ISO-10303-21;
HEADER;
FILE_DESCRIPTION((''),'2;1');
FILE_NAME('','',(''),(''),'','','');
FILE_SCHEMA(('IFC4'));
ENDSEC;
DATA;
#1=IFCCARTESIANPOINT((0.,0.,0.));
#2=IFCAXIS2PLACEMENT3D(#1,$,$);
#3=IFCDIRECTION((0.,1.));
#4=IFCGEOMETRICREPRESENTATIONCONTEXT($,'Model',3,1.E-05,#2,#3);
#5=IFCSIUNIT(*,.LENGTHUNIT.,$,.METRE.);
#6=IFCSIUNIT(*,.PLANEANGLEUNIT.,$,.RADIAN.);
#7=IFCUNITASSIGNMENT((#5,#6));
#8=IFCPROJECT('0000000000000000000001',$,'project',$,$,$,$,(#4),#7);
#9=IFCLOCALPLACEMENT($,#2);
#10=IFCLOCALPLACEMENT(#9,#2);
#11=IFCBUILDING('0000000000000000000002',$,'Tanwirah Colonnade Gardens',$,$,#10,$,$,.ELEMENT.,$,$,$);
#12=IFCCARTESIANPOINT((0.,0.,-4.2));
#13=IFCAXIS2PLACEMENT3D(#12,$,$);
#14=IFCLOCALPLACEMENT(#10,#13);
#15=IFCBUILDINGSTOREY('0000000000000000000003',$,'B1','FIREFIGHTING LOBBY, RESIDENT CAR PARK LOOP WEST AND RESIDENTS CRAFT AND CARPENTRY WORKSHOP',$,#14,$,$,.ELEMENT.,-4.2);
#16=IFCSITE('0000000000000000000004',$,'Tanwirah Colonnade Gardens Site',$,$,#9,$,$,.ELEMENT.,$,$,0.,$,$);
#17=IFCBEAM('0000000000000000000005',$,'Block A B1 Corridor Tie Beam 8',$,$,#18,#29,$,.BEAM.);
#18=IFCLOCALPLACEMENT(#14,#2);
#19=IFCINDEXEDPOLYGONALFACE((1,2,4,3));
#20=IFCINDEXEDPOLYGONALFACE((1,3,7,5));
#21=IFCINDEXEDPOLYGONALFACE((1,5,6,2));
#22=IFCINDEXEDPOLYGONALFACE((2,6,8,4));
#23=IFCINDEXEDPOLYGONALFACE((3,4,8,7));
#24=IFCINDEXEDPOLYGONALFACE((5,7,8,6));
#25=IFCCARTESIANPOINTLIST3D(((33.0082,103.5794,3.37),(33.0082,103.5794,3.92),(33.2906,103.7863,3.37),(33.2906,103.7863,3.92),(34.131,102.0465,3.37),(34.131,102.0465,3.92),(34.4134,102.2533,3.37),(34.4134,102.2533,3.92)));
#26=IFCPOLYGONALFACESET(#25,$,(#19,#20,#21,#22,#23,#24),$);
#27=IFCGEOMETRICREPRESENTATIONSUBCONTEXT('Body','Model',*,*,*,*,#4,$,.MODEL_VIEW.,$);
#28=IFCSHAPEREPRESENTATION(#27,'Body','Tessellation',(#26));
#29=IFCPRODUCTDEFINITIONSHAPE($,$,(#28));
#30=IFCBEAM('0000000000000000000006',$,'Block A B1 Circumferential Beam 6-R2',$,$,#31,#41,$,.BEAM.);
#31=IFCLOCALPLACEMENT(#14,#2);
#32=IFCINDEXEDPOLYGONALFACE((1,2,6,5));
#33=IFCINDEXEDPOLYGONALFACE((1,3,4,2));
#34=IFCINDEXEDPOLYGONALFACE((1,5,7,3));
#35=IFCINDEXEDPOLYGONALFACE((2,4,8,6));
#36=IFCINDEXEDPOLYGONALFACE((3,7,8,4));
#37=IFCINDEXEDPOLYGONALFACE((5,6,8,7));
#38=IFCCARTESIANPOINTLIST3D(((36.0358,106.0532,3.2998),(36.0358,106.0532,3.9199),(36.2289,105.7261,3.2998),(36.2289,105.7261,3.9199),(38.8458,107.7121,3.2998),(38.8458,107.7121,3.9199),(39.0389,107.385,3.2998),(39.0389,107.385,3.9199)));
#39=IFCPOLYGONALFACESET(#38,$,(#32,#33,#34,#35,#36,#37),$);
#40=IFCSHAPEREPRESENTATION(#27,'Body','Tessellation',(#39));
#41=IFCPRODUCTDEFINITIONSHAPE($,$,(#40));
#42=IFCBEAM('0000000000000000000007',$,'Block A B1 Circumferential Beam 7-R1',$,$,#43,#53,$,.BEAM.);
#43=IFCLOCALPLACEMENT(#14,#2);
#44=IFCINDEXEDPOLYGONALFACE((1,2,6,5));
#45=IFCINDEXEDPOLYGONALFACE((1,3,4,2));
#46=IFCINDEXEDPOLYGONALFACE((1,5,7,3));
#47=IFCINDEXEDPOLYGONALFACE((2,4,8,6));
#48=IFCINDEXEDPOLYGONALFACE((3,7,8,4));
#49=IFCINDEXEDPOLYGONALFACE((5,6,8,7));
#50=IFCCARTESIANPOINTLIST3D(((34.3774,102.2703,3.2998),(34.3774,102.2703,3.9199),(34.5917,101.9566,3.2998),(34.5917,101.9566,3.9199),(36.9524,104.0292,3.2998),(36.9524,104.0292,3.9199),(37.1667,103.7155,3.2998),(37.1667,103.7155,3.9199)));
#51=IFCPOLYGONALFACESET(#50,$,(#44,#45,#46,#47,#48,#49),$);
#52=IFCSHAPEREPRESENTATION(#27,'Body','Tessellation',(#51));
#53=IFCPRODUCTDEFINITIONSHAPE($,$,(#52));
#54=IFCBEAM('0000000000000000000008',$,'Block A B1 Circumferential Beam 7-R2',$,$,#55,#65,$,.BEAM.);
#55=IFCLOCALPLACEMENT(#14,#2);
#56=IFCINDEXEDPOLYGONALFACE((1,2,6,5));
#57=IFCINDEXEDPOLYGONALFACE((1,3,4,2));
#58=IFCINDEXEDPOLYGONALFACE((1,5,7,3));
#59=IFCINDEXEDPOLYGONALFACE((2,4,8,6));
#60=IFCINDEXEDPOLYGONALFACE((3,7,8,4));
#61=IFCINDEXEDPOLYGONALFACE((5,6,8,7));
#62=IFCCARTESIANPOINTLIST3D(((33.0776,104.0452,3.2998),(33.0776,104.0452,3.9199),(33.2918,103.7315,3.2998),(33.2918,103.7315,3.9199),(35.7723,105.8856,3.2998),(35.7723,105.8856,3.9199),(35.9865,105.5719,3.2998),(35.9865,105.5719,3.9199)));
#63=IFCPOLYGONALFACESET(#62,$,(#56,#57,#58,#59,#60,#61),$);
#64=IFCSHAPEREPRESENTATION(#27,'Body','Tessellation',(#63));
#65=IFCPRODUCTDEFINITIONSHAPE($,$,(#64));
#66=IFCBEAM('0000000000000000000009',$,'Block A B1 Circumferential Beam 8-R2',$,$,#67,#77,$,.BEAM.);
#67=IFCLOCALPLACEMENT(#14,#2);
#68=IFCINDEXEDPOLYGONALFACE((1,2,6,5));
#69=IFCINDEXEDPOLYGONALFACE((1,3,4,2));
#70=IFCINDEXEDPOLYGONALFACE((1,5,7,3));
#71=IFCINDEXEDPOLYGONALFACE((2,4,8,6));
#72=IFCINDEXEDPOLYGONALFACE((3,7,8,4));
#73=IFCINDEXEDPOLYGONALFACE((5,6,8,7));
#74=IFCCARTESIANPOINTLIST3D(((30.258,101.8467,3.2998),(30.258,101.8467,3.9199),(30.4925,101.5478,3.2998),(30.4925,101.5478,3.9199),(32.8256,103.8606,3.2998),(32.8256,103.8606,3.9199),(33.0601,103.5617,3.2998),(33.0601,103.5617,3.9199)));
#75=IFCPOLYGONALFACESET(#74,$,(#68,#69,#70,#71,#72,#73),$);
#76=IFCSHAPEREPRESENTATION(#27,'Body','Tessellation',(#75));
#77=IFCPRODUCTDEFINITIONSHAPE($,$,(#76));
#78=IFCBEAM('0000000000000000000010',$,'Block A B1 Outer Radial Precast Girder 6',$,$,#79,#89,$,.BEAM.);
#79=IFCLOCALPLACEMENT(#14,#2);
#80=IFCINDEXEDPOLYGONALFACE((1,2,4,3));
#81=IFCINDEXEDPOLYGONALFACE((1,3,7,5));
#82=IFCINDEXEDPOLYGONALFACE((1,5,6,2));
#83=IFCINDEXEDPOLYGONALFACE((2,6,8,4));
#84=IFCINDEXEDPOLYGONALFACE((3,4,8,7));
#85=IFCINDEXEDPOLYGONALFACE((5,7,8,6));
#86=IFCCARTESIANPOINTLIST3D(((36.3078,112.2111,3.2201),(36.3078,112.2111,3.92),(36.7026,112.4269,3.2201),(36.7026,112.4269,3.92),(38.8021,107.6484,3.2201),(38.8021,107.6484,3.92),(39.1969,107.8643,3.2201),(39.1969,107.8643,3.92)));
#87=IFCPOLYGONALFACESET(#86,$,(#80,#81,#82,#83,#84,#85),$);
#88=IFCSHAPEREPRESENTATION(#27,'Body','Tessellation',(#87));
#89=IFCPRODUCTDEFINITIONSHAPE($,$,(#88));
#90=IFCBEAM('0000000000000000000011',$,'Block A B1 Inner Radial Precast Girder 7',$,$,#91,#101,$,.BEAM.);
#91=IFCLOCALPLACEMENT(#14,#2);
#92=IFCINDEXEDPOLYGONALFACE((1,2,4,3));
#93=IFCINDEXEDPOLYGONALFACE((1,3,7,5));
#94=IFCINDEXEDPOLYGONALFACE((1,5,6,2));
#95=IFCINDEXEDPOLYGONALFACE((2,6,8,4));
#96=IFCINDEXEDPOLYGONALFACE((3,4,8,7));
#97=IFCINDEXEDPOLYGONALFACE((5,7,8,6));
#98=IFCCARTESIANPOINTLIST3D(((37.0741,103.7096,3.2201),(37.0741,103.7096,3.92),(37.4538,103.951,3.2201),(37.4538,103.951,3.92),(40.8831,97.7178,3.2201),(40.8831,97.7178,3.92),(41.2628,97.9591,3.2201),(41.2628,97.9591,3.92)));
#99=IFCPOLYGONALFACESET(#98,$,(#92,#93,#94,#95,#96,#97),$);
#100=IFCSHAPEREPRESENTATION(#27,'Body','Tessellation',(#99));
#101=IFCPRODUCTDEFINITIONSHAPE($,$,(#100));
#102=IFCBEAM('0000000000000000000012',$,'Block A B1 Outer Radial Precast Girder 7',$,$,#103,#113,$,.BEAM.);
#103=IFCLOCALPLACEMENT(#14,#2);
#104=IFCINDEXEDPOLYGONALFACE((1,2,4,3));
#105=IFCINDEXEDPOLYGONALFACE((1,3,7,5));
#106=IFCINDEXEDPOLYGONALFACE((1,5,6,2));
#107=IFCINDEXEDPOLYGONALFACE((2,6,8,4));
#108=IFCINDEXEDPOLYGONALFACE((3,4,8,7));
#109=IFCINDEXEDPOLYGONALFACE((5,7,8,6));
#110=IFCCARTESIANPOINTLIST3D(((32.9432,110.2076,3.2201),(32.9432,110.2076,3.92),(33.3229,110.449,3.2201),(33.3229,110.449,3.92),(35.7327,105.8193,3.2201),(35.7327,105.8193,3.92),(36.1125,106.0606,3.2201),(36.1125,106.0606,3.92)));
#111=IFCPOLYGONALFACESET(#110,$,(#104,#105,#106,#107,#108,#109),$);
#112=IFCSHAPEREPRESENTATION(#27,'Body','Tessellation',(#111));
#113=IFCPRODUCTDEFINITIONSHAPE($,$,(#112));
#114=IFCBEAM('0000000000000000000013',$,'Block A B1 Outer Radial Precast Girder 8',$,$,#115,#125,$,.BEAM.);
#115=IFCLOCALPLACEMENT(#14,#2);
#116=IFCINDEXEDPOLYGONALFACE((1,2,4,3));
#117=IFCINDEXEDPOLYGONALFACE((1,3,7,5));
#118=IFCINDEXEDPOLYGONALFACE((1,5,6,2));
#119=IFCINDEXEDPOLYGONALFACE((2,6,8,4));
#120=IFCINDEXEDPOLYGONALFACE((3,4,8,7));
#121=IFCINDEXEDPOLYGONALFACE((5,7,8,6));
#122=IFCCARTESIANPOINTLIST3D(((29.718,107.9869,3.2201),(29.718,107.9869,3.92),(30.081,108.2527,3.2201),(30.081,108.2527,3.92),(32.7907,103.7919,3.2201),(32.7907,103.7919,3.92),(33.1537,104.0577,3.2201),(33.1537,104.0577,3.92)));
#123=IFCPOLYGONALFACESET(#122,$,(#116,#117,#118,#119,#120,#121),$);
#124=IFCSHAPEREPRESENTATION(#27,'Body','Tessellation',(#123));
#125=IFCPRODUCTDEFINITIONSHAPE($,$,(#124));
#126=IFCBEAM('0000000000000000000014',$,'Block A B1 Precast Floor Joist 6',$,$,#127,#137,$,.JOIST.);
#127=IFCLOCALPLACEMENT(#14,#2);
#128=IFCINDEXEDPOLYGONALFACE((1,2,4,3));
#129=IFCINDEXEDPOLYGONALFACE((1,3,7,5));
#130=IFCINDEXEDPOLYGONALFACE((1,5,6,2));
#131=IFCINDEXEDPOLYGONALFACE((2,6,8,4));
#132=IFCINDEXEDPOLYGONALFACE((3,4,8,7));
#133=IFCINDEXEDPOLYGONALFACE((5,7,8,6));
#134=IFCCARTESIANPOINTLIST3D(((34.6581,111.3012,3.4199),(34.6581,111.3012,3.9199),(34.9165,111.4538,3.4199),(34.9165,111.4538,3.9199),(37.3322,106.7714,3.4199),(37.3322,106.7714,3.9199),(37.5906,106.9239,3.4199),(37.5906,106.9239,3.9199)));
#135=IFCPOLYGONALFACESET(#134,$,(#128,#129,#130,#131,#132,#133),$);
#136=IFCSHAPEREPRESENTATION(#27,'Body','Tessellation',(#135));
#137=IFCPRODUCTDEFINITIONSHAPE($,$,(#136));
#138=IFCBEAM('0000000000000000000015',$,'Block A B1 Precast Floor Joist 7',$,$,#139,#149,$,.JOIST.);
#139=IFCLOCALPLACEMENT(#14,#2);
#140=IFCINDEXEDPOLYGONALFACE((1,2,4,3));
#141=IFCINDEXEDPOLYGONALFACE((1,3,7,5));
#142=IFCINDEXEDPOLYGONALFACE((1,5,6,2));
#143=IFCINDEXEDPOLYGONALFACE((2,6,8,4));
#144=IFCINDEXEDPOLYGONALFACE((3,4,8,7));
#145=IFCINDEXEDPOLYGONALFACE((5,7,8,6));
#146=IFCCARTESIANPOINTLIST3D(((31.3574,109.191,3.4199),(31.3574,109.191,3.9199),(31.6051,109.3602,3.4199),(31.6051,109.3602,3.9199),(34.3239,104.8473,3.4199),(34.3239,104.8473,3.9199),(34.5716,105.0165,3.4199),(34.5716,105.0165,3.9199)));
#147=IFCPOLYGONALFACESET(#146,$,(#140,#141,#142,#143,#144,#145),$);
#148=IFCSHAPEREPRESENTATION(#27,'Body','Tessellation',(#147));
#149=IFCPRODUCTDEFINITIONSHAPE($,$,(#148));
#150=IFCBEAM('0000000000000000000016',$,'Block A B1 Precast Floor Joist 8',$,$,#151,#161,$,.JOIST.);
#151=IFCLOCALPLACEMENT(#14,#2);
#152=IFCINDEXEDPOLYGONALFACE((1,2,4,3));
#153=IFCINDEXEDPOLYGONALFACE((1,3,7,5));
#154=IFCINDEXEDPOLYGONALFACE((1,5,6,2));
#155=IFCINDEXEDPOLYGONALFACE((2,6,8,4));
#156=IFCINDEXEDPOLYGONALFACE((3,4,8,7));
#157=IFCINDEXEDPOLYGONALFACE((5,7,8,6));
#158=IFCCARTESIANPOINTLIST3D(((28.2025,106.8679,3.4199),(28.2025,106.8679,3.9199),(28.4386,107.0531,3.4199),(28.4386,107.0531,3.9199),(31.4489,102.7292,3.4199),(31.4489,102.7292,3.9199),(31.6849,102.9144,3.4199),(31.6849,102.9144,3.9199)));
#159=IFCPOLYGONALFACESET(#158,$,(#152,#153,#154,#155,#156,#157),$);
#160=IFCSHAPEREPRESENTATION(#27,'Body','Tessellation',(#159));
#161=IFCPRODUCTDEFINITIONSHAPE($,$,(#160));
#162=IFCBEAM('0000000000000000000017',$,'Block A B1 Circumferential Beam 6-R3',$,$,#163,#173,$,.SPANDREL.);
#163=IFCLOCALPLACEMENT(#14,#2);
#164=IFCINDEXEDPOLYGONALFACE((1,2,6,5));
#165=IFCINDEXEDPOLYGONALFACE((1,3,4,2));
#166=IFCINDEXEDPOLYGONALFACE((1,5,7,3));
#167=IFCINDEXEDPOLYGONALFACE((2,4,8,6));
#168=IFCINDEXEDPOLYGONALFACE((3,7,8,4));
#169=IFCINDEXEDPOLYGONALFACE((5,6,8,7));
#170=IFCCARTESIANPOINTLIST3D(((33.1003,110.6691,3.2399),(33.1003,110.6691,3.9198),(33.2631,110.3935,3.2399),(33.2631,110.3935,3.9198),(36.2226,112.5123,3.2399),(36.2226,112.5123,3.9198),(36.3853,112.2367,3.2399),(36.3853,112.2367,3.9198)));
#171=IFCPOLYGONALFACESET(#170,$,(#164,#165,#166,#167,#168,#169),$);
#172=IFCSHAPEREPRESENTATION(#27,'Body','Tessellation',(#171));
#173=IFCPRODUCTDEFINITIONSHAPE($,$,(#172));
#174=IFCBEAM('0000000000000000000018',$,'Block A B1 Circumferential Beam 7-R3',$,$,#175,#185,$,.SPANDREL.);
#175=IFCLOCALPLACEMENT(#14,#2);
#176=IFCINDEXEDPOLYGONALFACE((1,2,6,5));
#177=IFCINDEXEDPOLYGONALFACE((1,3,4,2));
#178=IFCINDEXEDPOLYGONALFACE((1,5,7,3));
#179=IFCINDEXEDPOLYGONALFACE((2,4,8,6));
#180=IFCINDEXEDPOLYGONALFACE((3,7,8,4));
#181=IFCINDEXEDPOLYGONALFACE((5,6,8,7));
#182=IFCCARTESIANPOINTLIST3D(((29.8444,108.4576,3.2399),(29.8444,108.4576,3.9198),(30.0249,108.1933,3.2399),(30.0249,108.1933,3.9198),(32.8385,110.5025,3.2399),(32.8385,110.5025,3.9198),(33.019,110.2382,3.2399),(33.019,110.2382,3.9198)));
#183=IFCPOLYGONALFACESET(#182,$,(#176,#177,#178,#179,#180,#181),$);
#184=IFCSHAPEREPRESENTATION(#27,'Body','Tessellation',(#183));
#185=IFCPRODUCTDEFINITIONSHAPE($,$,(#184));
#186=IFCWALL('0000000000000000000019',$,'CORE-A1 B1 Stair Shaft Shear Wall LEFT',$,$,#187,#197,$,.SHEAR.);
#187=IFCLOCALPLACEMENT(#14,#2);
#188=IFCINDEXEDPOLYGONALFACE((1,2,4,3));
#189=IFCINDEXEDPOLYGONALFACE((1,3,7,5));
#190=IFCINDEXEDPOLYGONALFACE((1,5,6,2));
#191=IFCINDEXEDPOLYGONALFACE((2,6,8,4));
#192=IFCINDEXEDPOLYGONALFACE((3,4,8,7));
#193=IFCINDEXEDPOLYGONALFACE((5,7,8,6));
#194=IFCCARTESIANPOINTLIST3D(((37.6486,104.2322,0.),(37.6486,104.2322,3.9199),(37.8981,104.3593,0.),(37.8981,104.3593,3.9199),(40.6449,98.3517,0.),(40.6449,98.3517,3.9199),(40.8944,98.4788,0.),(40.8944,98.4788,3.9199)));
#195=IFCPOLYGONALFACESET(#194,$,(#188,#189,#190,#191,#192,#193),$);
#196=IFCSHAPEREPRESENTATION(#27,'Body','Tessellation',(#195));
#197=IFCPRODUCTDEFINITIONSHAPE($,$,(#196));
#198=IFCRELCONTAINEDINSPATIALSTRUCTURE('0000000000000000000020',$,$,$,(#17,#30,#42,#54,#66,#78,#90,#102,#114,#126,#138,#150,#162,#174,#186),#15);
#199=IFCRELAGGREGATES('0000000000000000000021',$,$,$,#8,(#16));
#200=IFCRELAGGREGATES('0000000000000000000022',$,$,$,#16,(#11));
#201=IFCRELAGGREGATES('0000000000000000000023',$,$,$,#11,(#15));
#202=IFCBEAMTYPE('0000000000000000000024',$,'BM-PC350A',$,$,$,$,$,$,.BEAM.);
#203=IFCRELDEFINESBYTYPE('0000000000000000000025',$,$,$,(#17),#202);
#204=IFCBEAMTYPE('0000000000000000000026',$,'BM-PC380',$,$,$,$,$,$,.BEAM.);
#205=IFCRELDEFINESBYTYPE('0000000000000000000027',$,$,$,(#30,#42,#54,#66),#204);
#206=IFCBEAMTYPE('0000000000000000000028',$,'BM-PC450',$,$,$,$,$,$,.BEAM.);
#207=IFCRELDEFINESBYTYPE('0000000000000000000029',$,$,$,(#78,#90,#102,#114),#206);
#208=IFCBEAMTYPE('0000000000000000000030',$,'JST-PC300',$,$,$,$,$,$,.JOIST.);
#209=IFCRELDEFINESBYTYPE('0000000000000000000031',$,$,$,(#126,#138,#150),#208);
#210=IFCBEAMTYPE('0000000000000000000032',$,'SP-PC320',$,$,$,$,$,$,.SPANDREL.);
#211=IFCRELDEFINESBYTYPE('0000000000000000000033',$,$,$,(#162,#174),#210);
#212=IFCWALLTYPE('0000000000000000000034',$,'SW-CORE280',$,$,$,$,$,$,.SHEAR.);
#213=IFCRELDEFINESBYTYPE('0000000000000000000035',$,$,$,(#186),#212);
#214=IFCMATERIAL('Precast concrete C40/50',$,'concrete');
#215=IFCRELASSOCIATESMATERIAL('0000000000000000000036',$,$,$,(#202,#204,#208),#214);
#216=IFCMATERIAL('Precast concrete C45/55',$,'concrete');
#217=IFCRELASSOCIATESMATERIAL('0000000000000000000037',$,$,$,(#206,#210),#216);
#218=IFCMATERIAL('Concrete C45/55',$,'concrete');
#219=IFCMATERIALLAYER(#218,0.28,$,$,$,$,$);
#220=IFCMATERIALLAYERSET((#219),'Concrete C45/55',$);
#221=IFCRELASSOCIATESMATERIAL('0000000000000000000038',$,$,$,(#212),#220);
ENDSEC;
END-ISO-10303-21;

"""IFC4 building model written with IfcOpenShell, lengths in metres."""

from ifc_helpers import new_model, si_unit, direction, frame, frame_2d, origin, origin_2d, place, context, subcontext, project, spatial, rectangle, extrude, material, layer, layer_set, material_profile, profile_set, type_object, element, save


model = new_model("IFC4")

# Units and contexts
model_context = context("Model", 3, precision=1e-05, world=origin(), true_north=direction((0.0, 1.0)))
body_context = subcontext(model_context, "Body", "Model", "MODEL_VIEW")
ifc_project = project(units=[si_unit("LENGTHUNIT", "METRE"), si_unit("PLANEANGLEUNIT", "RADIAN")], contexts=[model_context])

# Site, building, storey
site_placement = place(None, origin())
site = spatial("IfcSite", under=ifc_project, at=site_placement, Name="Tanwirah Colonnade Gardens Site", CompositionType="ELEMENT", RefElevation=0.0)
building_placement = place(site_placement, origin())
building = spatial("IfcBuilding", under=site, at=building_placement, Name="Tanwirah Colonnade Gardens", CompositionType="ELEMENT")
storey_placement = place(building_placement, frame((0.0, 0.0, -4.2)))
storey = spatial("IfcBuildingStorey", under=building, at=storey_placement, Name="B1", Description="FIREFIGHTING LOBBY, RESIDENT CAR PARK LOOP WEST AND RESIDENTS CRAFT AND CARPENTRY WORKSHOP", CompositionType="ELEMENT", Elevation=-4.2)

# Shared definitions
ifc_material_1 = material(Name="Concrete C45/55", Category="concrete")

# Beams
ifc_material_2 = material(Name="Precast concrete C40/50", Category="concrete")
ifc_material_profile_1 = material_profile(ifc_material_2, rectangle(XDim=0.3501, YDim=0.55, at=origin_2d()), Name="PC-BM 350x550")
ifc_profile_set_1 = profile_set([ifc_material_profile_1], Name="Precast concrete C40/50")
beam_type_1 = type_object("IfcBeamType", Name="BM-PC350A", PredefinedType="BEAM", material=ifc_profile_set_1)
beam_1_placement = place(storey_placement, frame((34.2722, 102.1499, 3.645), z_axis=(-0.590896, 0.806748, 0.0), x_axis=(-0.806748, -0.590896, 0.0)))
element("IfcBeam", 1, at=beam_1_placement, inside=storey, type_object=beam_type_1, Name="Block A B1 Corridor Tie Beam 8", PredefinedType="BEAM", context=body_context, shape_type="SweptSolid", body=[
    extrude(rectangle(XDim=0.3501, YDim=0.55, at=origin_2d()), origin(), (0.0, 0.0, 1.0), 1.9001),
])
ifc_material_profile_2 = material_profile(ifc_material_2, rectangle(XDim=0.3799, YDim=0.6201, at=origin_2d()), Name="PC-BM 380x620")
ifc_profile_set_2 = profile_set([ifc_material_profile_2], Name="Precast concrete C40/50")
beam_type_2 = type_object("IfcBeamType", Name="BM-PC380", PredefinedType="BEAM", material=ifc_profile_set_2)
beam_2_placement = place(storey_placement, frame((38.9424, 107.5486, 3.6099), z_axis=(-0.861135, -0.508376, 0.0), x_axis=(0.508376, -0.861135, 0.0)))
element("IfcBeam", 2, at=beam_2_placement, inside=storey, type_object=beam_type_2, Name="Block A B1 Circumferential Beam 6-R2", PredefinedType="BEAM", context=body_context, shape_type="SweptSolid", body=[
    extrude(rectangle(XDim=0.3799, YDim=0.6201, at=origin_2d()), origin(), (0.0, 0.0, 1.0), 3.2632),
])
beam_3_placement = place(storey_placement, frame((37.0596, 103.8723, 3.6099), z_axis=(-0.825758, -0.564024, 0.0), x_axis=(0.564024, -0.825758, 0.0)))
element("IfcBeam", 3, at=beam_3_placement, inside=storey, type_object=beam_type_2, Name="Block A B1 Circumferential Beam 7-R1", PredefinedType="BEAM", context=body_context, shape_type="SweptSolid", body=[
    extrude(rectangle(XDim=0.3799, YDim=0.6201, at=origin_2d()), origin(), (0.0, 0.0, 1.0), 3.1184),
])
for number, where, z_axis, x_axis, name in (
    (4, (35.8794, 105.7288, 3.6099), (-0.825782, -0.563989, 0.0), (0.563989, -0.825782, 0.0), "Block A B1 Circumferential Beam 7-R2"),
    (5, (32.9429, 103.7112, 3.6099), (-0.78684, -0.617157, 0.0), (0.617157, -0.78684, 0.0), "Block A B1 Circumferential Beam 8-R2"),
):
    element("IfcBeam", number, at=place(storey_placement, frame(where, z_axis=z_axis, x_axis=x_axis)), inside=storey, type_object=beam_type_2, Name=name, PredefinedType="BEAM", context=body_context, shape_type="SweptSolid", body=[
        extrude(rectangle(XDim=0.3799, YDim=0.6201, at=origin_2d()), origin(), (0.0, 0.0, 1.0), 3.2632),
    ])
ifc_material_3 = material(Name="Precast concrete C45/55", Category="concrete")
ifc_material_profile_3 = material_profile(ifc_material_3, rectangle(XDim=0.45, YDim=0.7, at=origin_2d()), Name="PC-BM 450x700")
ifc_profile_set_3 = profile_set([ifc_material_profile_3], Name="Precast concrete C45/55")
beam_type_3 = type_object("IfcBeamType", Name="BM-PC450", PredefinedType="BEAM", material=ifc_profile_set_3)
beam_4_placement = place(storey_placement, frame((38.9995, 107.7563, 3.5701), z_axis=(-0.479684, 0.877441, 0.0), x_axis=(-0.877441, -0.479684, 0.0)))
element("IfcBeam", 6, at=beam_4_placement, inside=storey, type_object=beam_type_3, Name="Block A B1 Outer Radial Precast Girder 6", PredefinedType="BEAM", context=body_context, shape_type="SweptSolid", body=[
    extrude(rectangle(XDim=0.45, YDim=0.7, at=origin_2d()), origin(), (0.0, 0.0, 1.0), 5.2),
])
beam_5_placement = place(storey_placement, frame((37.2639, 103.8303, 3.5701), z_axis=(0.536477, -0.843915, 0.0), x_axis=(0.843915, 0.536477, 0.0)))
element("IfcBeam", 7, at=beam_5_placement, inside=storey, type_object=beam_type_3, Name="Block A B1 Inner Radial Precast Girder 7", PredefinedType="BEAM", context=body_context, shape_type="SweptSolid", body=[
    extrude(rectangle(XDim=0.45, YDim=0.7, at=origin_2d()), origin(), (0.0, 0.0, 1.0), 7.1001),
])
for number, where, z_axis, x_axis, name in (
    (8, (35.9226, 105.9399, 3.5701), (-0.536453, 0.84393, 0.0), (-0.84393, -0.536453, 0.0), "Block A B1 Outer Radial Precast Girder 7"),
    (9, (32.9722, 103.9248, 3.5701), (-0.59091, 0.806738, 0.0), (-0.806738, -0.59091, 0.0), "Block A B1 Outer Radial Precast Girder 8"),
):
    element("IfcBeam", number, at=place(storey_placement, frame(where, z_axis=z_axis, x_axis=x_axis)), inside=storey, type_object=beam_type_3, Name=name, PredefinedType="BEAM", context=body_context, shape_type="SweptSolid", body=[
        extrude(rectangle(XDim=0.45, YDim=0.7, at=origin_2d()), origin(), (0.0, 0.0, 1.0), 5.2),
    ])
ifc_material_profile_4 = material_profile(ifc_material_2, rectangle(XDim=0.3, YDim=0.5, at=origin_2d()), Name="PC-JST 300x500")
ifc_profile_set_4 = profile_set([ifc_material_profile_4], Name="Precast concrete C40/50")
beam_type_4 = type_object("IfcBeamType", Name="JST-PC300", PredefinedType="JOIST", material=ifc_profile_set_4)
beam_6_placement = place(storey_placement, frame((37.4614, 106.8477, 3.6699), z_axis=(-0.50836, 0.861145, 0.0), x_axis=(-0.861145, -0.50836, 0.0)))
element("IfcBeam", 10, at=beam_6_placement, inside=storey, type_object=beam_type_4, Name="Block A B1 Precast Floor Joist 6", PredefinedType="JOIST", context=body_context, shape_type="SweptSolid", body=[
    extrude(rectangle(XDim=0.3, YDim=0.5, at=origin_2d()), origin(), (0.0, 0.0, 1.0), 5.2603),
])
for number, where, z_axis, x_axis, name in (
    (11, (34.4478, 104.9319, 3.6699), (-0.563973, 0.825793, 0.0), (-0.825793, -0.563973, 0.0), "Block A B1 Precast Floor Joist 7"),
    (12, (31.5669, 102.8218, 3.6699), (-0.617178, 0.786824, 0.0), (-0.786824, -0.617178, 0.0), "Block A B1 Precast Floor Joist 8"),
):
    element("IfcBeam", number, at=place(storey_placement, frame(where, z_axis=z_axis, x_axis=x_axis)), inside=storey, type_object=beam_type_4, Name=name, PredefinedType="JOIST", context=body_context, shape_type="SweptSolid", body=[
        extrude(rectangle(XDim=0.3, YDim=0.5, at=origin_2d()), origin(), (0.0, 0.0, 1.0), 5.26),
    ])
ifc_material_profile_5 = material_profile(ifc_material_3, rectangle(XDim=0.3201, YDim=0.6799, at=origin_2d()), Name="PC-SP 320x680")
ifc_profile_set_5 = profile_set([ifc_material_profile_5], Name="Precast concrete C45/55")
beam_type_5 = type_object("IfcBeamType", Name="SP-PC320", PredefinedType="SPANDREL", material=ifc_profile_set_5)
for number, where, z_axis, x_axis, name in (
    (13, (36.304, 112.3745, 3.5798), (-0.861137, -0.508373, 0.0), (0.508373, -0.861137, 0.0), "Block A B1 Circumferential Beam 6-R3"),
    (14, (32.9287, 110.3704, 3.5798), (-0.825783, -0.563989, 0.0), (0.563989, -0.825783, 0.0), "Block A B1 Circumferential Beam 7-R3"),
):
    element("IfcBeam", number, at=place(storey_placement, frame(where, z_axis=z_axis, x_axis=x_axis)), inside=storey, type_object=beam_type_5, Name=name, PredefinedType="SPANDREL", context=body_context, shape_type="SweptSolid", body=[
        extrude(rectangle(XDim=0.3201, YDim=0.6799, at=origin_2d()), origin(), (0.0, 0.0, 1.0), 3.6257),
    ])

# Wall
ifc_layer_1 = layer(ifc_material_1, 0.28)
ifc_layer_set_1 = layer_set([ifc_layer_1], Name="Concrete C45/55")
wall_type = type_object("IfcWallType", Name="SW-CORE280", PredefinedType="SHEAR", material=ifc_layer_set_1)
wall_1_placement = place(storey_placement, frame((37.7734, 104.2957, 0.0), z_axis=(0.0, 0.0, 1.0), x_axis=(0.453992, -0.891006, 0.0)))
element("IfcWall", 15, at=wall_1_placement, inside=storey, type_object=wall_type, Name="CORE-A1 B1 Stair Shaft Shear Wall LEFT", PredefinedType="SHEAR", context=body_context, shape_type="SweptSolid", body=[
    extrude(rectangle(XDim=6.5999, YDim=0.28, at=frame_2d((3.2998, 0.0))), origin(), (0.0, 0.0, 1.0), 3.9199),
])

save(model, "model.ifc")
